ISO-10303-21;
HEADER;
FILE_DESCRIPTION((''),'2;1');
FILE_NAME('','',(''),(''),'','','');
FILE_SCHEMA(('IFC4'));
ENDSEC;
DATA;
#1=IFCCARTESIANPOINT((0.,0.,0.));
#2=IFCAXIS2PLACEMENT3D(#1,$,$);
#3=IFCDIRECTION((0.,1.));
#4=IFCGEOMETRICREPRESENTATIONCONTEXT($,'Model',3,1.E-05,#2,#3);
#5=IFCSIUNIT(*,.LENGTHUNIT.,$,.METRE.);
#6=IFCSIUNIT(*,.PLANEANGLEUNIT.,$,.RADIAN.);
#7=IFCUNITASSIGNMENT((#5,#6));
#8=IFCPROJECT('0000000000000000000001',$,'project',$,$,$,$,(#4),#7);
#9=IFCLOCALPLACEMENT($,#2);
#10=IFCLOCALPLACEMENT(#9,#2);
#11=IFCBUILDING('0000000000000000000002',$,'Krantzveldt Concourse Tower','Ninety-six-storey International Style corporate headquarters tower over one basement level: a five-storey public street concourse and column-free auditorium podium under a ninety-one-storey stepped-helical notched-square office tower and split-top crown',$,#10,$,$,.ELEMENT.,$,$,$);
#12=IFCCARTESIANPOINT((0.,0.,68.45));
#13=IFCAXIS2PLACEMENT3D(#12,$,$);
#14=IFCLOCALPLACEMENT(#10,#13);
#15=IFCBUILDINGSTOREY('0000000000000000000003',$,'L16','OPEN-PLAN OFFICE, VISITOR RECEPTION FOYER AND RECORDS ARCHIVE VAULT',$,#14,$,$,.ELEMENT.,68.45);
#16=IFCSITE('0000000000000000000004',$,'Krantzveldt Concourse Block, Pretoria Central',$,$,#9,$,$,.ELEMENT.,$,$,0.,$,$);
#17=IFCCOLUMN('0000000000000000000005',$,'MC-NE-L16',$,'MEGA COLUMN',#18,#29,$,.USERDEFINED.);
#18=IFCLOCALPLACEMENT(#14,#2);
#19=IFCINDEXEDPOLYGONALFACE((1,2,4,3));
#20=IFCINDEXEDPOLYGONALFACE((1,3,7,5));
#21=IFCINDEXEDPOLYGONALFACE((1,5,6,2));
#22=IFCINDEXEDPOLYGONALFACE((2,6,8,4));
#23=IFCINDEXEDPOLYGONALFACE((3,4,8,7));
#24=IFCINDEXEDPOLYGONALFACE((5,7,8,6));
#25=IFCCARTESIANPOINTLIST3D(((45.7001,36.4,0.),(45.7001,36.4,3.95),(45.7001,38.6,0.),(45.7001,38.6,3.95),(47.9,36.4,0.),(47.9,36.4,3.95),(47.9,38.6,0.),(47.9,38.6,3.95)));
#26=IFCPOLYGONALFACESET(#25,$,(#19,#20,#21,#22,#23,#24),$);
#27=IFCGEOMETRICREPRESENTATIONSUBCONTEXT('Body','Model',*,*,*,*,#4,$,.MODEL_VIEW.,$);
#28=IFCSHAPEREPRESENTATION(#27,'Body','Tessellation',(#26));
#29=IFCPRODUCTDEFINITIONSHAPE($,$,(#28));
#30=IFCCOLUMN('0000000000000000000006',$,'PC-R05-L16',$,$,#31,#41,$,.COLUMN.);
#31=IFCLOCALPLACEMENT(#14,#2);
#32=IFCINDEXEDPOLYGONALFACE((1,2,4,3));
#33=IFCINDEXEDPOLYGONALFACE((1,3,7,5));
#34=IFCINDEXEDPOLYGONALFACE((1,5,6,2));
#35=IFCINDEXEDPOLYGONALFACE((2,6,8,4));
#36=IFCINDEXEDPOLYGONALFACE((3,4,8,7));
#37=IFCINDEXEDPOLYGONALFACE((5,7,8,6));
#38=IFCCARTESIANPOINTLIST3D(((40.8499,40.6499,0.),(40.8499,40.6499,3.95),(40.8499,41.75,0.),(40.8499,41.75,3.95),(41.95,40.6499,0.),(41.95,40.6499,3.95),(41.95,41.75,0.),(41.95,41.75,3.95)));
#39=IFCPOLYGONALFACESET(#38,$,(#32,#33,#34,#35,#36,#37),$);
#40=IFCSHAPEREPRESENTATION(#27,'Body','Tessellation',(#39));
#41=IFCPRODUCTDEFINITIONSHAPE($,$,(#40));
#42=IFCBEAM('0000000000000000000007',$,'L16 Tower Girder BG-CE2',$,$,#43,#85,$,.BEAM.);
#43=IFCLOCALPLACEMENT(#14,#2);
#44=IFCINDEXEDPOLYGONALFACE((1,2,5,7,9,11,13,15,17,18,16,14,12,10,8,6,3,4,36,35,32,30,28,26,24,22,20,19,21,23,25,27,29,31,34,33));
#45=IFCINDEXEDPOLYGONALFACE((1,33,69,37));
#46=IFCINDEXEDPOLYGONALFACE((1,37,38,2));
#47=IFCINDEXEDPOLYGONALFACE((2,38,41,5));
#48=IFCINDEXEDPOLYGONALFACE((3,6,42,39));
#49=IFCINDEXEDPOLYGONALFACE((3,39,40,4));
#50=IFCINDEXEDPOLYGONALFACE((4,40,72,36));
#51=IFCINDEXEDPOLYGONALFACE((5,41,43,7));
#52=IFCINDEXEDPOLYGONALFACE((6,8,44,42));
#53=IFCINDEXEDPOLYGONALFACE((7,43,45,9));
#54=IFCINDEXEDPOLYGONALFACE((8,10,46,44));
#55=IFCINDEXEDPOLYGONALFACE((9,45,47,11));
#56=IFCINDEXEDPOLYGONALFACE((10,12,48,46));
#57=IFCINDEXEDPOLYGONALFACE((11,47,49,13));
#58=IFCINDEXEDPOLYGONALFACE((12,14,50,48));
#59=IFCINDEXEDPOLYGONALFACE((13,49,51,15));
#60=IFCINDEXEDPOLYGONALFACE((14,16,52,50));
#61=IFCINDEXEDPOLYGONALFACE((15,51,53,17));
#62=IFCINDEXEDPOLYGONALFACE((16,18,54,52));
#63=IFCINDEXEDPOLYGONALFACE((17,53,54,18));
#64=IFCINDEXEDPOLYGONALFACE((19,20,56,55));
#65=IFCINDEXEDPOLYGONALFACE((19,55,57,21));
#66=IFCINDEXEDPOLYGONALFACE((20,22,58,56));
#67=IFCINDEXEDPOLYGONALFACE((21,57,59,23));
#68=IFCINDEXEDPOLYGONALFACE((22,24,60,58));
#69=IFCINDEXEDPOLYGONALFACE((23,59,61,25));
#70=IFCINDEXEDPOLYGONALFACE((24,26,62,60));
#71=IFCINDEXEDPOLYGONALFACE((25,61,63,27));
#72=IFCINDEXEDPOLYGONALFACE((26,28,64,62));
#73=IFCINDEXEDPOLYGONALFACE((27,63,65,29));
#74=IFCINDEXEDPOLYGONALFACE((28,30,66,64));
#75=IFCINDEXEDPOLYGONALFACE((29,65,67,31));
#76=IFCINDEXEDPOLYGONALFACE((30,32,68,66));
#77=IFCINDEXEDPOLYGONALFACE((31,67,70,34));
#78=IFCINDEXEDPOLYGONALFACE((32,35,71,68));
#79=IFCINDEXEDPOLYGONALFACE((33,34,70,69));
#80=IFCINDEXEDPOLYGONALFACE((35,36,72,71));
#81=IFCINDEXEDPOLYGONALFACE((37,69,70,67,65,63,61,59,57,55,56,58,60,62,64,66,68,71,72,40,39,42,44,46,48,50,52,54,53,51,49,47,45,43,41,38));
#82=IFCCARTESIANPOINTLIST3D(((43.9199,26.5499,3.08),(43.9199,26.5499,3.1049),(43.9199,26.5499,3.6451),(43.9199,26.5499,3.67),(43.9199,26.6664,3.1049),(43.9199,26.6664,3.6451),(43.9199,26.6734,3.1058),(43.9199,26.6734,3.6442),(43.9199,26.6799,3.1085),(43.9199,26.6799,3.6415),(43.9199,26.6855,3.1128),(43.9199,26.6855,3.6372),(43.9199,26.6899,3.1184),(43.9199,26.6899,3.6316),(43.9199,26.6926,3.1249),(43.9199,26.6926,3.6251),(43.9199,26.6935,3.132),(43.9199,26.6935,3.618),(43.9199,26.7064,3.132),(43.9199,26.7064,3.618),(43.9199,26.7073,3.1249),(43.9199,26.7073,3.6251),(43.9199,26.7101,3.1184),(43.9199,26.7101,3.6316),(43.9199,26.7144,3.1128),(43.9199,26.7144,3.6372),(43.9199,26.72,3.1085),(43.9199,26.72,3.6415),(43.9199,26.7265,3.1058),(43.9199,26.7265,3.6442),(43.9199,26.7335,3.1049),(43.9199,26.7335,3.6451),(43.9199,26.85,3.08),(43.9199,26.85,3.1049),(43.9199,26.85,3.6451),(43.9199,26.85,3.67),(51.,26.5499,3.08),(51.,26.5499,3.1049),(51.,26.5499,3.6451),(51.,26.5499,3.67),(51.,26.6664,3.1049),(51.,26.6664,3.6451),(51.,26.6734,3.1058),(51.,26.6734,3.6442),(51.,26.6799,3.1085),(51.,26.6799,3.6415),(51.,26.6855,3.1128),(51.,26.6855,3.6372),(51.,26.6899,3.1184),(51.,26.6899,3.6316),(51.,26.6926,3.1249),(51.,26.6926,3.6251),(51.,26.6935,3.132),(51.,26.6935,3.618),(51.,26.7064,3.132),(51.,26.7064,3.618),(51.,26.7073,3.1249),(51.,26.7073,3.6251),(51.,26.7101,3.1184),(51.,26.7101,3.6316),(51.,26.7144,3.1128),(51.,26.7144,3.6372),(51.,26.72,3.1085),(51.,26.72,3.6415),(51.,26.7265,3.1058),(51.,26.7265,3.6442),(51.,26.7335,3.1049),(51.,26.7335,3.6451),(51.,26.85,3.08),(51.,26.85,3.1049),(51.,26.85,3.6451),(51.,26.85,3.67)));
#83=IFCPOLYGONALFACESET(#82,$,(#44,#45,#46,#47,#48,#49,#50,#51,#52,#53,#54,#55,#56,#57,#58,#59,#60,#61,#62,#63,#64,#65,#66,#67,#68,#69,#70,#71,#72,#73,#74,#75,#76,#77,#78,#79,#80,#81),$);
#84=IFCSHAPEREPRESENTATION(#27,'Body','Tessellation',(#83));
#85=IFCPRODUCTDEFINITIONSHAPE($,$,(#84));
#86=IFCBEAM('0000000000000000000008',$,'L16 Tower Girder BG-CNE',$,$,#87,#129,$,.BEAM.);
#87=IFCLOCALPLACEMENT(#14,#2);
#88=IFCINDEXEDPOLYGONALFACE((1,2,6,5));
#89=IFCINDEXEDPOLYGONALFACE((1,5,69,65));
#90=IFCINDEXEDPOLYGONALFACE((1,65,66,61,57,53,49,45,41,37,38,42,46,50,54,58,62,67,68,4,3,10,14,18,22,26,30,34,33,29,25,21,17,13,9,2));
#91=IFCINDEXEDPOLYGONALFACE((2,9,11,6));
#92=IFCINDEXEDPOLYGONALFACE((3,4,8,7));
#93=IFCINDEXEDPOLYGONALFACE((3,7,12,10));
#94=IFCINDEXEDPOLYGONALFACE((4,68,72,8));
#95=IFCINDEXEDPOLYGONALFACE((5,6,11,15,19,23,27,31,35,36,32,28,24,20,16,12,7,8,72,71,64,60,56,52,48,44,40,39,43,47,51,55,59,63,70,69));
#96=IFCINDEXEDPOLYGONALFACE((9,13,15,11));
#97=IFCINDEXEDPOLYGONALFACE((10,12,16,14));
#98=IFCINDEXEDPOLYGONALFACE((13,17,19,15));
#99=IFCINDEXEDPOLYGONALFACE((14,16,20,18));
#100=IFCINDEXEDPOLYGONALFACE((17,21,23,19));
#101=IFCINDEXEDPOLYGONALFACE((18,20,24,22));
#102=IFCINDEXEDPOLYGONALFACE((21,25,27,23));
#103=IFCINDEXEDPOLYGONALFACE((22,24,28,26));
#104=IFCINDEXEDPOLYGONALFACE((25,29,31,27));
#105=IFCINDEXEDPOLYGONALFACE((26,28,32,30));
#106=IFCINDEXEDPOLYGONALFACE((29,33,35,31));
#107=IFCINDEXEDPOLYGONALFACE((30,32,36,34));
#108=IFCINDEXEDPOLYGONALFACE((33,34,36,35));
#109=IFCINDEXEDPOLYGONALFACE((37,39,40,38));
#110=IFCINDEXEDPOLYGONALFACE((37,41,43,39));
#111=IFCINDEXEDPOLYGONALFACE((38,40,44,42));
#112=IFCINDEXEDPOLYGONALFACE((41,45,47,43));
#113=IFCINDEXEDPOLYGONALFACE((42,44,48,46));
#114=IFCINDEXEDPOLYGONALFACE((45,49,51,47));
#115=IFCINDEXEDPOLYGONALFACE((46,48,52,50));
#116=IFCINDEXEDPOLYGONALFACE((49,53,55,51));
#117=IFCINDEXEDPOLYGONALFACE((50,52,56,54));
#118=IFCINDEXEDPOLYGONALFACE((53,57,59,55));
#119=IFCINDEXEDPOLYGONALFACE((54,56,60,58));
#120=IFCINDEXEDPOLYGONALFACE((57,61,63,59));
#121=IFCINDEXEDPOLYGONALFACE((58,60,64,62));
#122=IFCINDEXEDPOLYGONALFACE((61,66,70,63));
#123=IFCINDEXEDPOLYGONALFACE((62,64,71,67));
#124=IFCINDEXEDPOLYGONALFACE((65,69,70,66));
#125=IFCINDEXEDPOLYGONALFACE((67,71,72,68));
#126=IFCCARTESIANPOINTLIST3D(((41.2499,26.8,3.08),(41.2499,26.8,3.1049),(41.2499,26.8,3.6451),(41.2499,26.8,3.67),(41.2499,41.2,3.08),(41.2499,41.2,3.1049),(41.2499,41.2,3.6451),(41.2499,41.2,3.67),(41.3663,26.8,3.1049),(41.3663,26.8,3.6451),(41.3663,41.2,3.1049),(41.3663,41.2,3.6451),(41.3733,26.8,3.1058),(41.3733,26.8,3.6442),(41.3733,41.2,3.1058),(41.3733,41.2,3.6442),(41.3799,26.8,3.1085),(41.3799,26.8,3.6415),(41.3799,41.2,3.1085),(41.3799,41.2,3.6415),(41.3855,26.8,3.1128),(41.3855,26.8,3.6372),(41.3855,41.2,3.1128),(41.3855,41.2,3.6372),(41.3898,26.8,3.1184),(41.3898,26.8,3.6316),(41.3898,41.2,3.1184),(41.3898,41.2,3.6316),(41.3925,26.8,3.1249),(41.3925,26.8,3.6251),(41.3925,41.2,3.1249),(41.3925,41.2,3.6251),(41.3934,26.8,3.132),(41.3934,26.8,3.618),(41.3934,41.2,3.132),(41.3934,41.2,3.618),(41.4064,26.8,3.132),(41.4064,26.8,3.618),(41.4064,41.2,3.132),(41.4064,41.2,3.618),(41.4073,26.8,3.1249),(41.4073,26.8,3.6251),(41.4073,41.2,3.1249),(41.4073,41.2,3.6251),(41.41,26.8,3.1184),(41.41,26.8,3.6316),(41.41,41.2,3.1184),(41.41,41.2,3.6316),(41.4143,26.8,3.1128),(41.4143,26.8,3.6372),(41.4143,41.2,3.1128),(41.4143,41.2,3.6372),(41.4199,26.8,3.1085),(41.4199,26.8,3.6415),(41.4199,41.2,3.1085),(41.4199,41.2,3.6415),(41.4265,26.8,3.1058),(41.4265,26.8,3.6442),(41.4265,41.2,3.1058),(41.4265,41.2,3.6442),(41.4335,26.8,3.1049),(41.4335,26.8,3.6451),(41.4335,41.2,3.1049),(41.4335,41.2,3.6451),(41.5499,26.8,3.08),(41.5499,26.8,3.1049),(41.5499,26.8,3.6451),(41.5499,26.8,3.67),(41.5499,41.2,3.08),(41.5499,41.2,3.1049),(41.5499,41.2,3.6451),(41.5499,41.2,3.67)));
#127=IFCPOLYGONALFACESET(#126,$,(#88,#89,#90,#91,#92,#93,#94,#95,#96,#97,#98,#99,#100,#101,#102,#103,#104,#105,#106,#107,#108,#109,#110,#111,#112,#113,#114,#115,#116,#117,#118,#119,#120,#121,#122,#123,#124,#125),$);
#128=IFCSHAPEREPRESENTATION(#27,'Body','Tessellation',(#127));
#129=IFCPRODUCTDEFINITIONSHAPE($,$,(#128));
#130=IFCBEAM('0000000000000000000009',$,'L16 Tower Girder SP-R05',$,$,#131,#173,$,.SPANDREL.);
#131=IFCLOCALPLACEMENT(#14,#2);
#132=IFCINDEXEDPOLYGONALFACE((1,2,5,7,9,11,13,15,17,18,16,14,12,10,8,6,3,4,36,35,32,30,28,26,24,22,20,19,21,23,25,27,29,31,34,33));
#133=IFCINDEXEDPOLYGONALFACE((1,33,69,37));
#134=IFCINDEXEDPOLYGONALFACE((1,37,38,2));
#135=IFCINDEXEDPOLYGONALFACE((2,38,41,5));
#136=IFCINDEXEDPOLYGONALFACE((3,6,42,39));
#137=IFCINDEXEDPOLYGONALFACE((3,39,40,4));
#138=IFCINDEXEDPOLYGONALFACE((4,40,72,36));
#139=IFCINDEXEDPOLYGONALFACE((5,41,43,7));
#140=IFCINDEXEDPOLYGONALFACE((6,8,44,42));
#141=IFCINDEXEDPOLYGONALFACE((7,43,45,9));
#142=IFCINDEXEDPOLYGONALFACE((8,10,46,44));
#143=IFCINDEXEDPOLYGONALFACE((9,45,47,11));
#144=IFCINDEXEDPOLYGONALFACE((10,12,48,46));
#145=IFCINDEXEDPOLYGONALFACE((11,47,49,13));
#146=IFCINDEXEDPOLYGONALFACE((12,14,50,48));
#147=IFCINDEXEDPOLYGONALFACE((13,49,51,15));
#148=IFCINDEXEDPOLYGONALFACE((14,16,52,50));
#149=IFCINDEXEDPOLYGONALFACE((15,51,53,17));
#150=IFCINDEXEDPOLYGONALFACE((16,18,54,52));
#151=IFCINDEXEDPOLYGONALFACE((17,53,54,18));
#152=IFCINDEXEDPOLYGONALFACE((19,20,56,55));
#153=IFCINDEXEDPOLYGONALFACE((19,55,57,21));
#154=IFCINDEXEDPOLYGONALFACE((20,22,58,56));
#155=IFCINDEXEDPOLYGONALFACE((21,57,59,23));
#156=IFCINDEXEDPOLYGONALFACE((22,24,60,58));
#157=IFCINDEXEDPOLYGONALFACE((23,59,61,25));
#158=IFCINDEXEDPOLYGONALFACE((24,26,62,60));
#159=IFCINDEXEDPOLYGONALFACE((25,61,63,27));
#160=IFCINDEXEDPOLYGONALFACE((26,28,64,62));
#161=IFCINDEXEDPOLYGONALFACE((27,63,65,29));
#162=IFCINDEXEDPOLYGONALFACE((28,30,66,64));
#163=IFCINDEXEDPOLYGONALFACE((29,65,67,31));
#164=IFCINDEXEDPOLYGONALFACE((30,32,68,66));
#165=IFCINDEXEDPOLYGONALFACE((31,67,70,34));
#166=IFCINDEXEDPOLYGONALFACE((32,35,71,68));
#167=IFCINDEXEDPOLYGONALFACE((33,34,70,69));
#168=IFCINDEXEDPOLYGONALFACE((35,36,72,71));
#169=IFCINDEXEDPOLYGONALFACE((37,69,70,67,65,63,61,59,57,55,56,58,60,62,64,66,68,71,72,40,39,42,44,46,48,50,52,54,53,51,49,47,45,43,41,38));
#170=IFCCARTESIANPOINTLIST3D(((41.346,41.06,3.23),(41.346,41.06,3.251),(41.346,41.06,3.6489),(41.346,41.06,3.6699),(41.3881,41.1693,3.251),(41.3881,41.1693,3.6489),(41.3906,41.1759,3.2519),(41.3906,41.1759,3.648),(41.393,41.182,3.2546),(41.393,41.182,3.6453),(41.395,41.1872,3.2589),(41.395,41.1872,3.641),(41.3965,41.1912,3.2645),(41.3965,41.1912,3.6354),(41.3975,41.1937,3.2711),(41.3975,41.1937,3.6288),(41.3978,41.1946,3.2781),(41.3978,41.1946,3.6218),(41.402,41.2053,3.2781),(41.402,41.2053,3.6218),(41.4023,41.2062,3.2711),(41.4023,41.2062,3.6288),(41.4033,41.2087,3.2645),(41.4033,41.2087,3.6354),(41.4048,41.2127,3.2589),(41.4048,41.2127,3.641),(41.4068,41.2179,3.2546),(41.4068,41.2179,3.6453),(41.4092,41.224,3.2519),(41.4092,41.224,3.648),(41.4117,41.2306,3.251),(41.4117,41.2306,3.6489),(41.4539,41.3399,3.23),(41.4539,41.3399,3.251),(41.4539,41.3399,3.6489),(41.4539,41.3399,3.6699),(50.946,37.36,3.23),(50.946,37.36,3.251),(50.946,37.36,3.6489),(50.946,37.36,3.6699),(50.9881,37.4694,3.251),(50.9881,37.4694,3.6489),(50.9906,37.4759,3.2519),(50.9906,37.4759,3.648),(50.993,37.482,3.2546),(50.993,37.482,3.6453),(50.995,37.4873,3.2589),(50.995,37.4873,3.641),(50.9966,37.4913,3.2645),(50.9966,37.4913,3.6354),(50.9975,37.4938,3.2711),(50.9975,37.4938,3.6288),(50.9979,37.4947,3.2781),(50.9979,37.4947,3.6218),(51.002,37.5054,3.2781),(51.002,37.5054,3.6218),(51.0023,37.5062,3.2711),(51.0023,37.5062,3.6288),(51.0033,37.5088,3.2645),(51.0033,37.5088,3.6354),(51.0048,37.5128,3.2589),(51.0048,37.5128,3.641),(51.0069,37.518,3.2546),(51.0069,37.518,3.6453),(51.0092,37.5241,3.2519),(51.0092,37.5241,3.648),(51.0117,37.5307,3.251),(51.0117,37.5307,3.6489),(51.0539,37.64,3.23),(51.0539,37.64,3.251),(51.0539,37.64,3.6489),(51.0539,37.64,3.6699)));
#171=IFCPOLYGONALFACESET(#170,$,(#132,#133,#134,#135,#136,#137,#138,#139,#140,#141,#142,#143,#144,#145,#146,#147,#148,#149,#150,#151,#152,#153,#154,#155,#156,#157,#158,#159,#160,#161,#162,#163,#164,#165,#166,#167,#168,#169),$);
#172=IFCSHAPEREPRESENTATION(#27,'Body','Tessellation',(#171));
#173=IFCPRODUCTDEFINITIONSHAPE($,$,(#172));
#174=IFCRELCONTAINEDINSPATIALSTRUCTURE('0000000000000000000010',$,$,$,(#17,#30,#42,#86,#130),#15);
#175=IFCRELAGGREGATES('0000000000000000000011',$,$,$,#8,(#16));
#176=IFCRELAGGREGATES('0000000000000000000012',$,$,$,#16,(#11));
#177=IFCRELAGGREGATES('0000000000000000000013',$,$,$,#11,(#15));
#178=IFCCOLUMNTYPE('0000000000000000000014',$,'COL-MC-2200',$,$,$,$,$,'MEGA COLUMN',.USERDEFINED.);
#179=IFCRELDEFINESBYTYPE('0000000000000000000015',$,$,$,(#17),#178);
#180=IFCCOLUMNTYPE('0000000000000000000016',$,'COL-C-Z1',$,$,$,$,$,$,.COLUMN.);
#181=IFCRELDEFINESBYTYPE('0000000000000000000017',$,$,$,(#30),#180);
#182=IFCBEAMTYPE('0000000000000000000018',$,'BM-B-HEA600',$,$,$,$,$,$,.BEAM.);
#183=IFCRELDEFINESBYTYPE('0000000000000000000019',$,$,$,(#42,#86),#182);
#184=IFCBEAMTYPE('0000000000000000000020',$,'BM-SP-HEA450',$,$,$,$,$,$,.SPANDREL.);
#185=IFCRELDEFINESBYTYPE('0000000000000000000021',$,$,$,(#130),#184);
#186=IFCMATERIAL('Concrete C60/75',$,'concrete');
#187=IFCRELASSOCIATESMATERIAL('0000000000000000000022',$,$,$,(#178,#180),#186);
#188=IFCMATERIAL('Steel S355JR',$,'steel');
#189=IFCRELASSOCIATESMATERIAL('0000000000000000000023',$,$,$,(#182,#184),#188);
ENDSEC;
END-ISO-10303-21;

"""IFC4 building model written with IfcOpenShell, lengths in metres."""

from ifc_helpers import new_model, si_unit, direction, frame, origin, origin_2d, place, context, subcontext, project, spatial, rectangle, i_section, extrude, source, transform, mapped, material, material_profile, profile_set, type_object, type_shapes, element, save


model = new_model("IFC4")

# Units and contexts
model_context = context("Model", 3, precision=1e-05, world=origin(), true_north=direction((0.0, 1.0)))
body_context = subcontext(model_context, "Body", "Model", "MODEL_VIEW")
ifc_project = project(units=[si_unit("LENGTHUNIT", "METRE"), si_unit("PLANEANGLEUNIT", "RADIAN")], contexts=[model_context])

# Site, building, storey
site_placement = place(None, origin())
site = spatial("IfcSite", under=ifc_project, at=site_placement, Name="Krantzveldt Concourse Block, Pretoria Central", CompositionType="ELEMENT", RefElevation=0.0)
building_placement = place(site_placement, origin())
building = spatial("IfcBuilding", under=site, at=building_placement, Name="Krantzveldt Concourse Tower", Description="Ninety-six-storey International Style corporate headquarters tower over one basement level: a five-storey public street concourse and column-free auditorium podium under a ninety-one-storey stepped-helical notched-square office tower and split-top crown", CompositionType="ELEMENT")
storey_placement = place(building_placement, frame((0.0, 0.0, 68.45)))
storey = spatial("IfcBuildingStorey", under=building, at=storey_placement, Name="L16", Description="OPEN-PLAN OFFICE, VISITOR RECEPTION FOYER AND RECORDS ARCHIVE VAULT", CompositionType="ELEMENT", Elevation=68.45)

# Columns
ifc_material_1 = material(Name="Concrete C60/75", Category="concrete")
ifc_material_profile_1 = material_profile(ifc_material_1, rectangle(XDim=2.2, YDim=2.2, at=origin_2d()), Name="Concrete C60/75", Category="concrete")
ifc_profile_set_1 = profile_set([ifc_material_profile_1], Name="Concrete C60/75 - RC 2200x2200")
column_type_1 = type_object("IfcColumnType", Name="COL-MC-2200", ElementType="MEGA COLUMN", PredefinedType="USERDEFINED", material=ifc_profile_set_1)
shared_shape_1 = source(origin(), body_context, "Body", "SweptSolid", [
    extrude(rectangle(XDim=2.2, YDim=2.2, at=origin_2d()), origin(), (0.0, 0.0, 1.0), 3.95),
])
type_shapes(column_type_1, [shared_shape_1])
column_1_placement = place(storey_placement, frame((46.8, 37.5, 0.0), z_axis=(0.0, 0.0, 1.0), x_axis=(1.0, 0.0, 0.0)))
element("IfcColumn", 1, at=column_1_placement, inside=storey, type_object=column_type_1, Name="MC-NE-L16", ObjectType="MEGA COLUMN", PredefinedType="USERDEFINED", context=body_context, shape_type="MappedRepresentation", body=[
    mapped(shared_shape_1, transform((0.0, 0.0, 0.0), x_axis=(1.0, 0.0, 0.0), y_axis=(0.0, 1.0, 0.0), z_axis=(0.0, 0.0, 1.0), scale=1.0)),
])
ifc_material_profile_2 = material_profile(ifc_material_1, rectangle(XDim=1.1001, YDim=1.1001, at=origin_2d()), Name="Concrete C60/75", Category="concrete")
ifc_profile_set_2 = profile_set([ifc_material_profile_2], Name="Concrete C60/75 - RC 1100x1100")
column_type_2 = type_object("IfcColumnType", Name="COL-C-Z1", PredefinedType="COLUMN", material=ifc_profile_set_2)
shared_shape_2 = source(origin(), body_context, "Body", "SweptSolid", [
    extrude(rectangle(XDim=1.1001, YDim=1.1001, at=origin_2d()), origin(), (0.0, 0.0, 1.0), 3.95),
])
type_shapes(column_type_2, [shared_shape_2])
column_2_placement = place(storey_placement, frame((41.3999, 41.2, 0.0), z_axis=(0.0, 0.0, 1.0), x_axis=(1.0, 0.0, 0.0)))
element("IfcColumn", 2, at=column_2_placement, inside=storey, type_object=column_type_2, Name="PC-R05-L16", PredefinedType="COLUMN", context=body_context, shape_type="MappedRepresentation", body=[
    mapped(shared_shape_2, transform((0.0, 0.0, 0.0), x_axis=(1.0, 0.0, 0.0), y_axis=(0.0, 1.0, 0.0), z_axis=(0.0, 0.0, 1.0), scale=1.0)),
])

# Beams
ifc_material_2 = material(Name="Steel S355JR", Category="steel")
ifc_material_profile_3 = material_profile(ifc_material_2, i_section(OverallWidth=0.3, OverallDepth=0.5901, WebThickness=0.0129, FlangeThickness=0.0249, FilletRadius=0.0271, at=origin_2d()), Name="Steel S355JR", Category="steel")
ifc_profile_set_3 = profile_set([ifc_material_profile_3], Name="Steel S355JR - HEA 600")
beam_type_1 = type_object("IfcBeamType", Name="BM-B-HEA600", PredefinedType="BEAM", material=ifc_profile_set_3)
shared_shape_3 = source(origin(), body_context, "Body", "SweptSolid", [
    extrude(i_section(OverallWidth=0.3, OverallDepth=0.5901, WebThickness=0.0129, FlangeThickness=0.0249, FilletRadius=0.0271, at=origin_2d()), origin(), (0.0, 0.0, 1.0), 7.0801),
])
beam_1_placement = place(storey_placement, frame((43.9199, 26.7, 3.375), z_axis=(1.0, 0.0, 0.0), x_axis=(0.0, 1.0, 0.0)))
element("IfcBeam", 3, at=beam_1_placement, inside=storey, type_object=beam_type_1, Name="L16 Tower Girder BG-CE2", PredefinedType="BEAM", context=body_context, shape_type="MappedRepresentation", body=[
    mapped(shared_shape_3, transform((0.0, 0.0, 0.0), x_axis=(1.0, 0.0, 0.0), y_axis=(0.0, 1.0, 0.0), z_axis=(0.0, 0.0, 1.0), scale=1.0)),
])
shared_shape_4 = source(origin(), body_context, "Body", "SweptSolid", [
    extrude(i_section(OverallWidth=0.3, OverallDepth=0.5901, WebThickness=0.0129, FlangeThickness=0.0249, FilletRadius=0.0271, at=origin_2d()), origin(), (0.0, 0.0, 1.0), 14.3999),
])
type_shapes(beam_type_1, [shared_shape_3, shared_shape_4])
beam_2_placement = place(storey_placement, frame((41.3999, 26.8, 3.375), z_axis=(0.0, 1.0, 0.0), x_axis=(-1.0, 0.0, 0.0)))
element("IfcBeam", 4, at=beam_2_placement, inside=storey, type_object=beam_type_1, Name="L16 Tower Girder BG-CNE", PredefinedType="BEAM", context=body_context, shape_type="MappedRepresentation", body=[
    mapped(shared_shape_4, transform((0.0, 0.0, 0.0), x_axis=(1.0, 0.0, 0.0), y_axis=(0.0, 1.0, 0.0), z_axis=(0.0, 0.0, 1.0), scale=1.0)),
])
ifc_material_profile_4 = material_profile(ifc_material_2, i_section(OverallWidth=0.3, OverallDepth=0.4399, WebThickness=0.0115, FlangeThickness=0.021, FilletRadius=0.0271, at=origin_2d()), Name="Steel S355JR", Category="steel")
ifc_profile_set_4 = profile_set([ifc_material_profile_4], Name="Steel S355JR - HEA 450")
beam_type_2 = type_object("IfcBeamType", Name="BM-SP-HEA450", PredefinedType="SPANDREL", material=ifc_profile_set_4)
shared_shape_5 = source(origin(), body_context, "Body", "SweptSolid", [
    extrude(i_section(OverallWidth=0.3, OverallDepth=0.4399, WebThickness=0.0115, FlangeThickness=0.021, FilletRadius=0.0271, at=origin_2d()), origin(), (0.0, 0.0, 1.0), 10.2883),
])
type_shapes(beam_type_2, [shared_shape_5])
beam_3_placement = place(storey_placement, frame((41.3999, 41.2, 3.45), z_axis=(0.933098, -0.359623, 0.0), x_axis=(0.359623, 0.933098, 0.0)))
element("IfcBeam", 5, at=beam_3_placement, inside=storey, type_object=beam_type_2, Name="L16 Tower Girder SP-R05", PredefinedType="SPANDREL", context=body_context, shape_type="MappedRepresentation", body=[
    mapped(shared_shape_5, transform((0.0, 0.0, 0.0), x_axis=(1.0, 0.0, 0.0), y_axis=(0.0, 1.0, 0.0), z_axis=(0.0, 0.0, 1.0), scale=1.0)),
])

save(model, "model.ifc")
